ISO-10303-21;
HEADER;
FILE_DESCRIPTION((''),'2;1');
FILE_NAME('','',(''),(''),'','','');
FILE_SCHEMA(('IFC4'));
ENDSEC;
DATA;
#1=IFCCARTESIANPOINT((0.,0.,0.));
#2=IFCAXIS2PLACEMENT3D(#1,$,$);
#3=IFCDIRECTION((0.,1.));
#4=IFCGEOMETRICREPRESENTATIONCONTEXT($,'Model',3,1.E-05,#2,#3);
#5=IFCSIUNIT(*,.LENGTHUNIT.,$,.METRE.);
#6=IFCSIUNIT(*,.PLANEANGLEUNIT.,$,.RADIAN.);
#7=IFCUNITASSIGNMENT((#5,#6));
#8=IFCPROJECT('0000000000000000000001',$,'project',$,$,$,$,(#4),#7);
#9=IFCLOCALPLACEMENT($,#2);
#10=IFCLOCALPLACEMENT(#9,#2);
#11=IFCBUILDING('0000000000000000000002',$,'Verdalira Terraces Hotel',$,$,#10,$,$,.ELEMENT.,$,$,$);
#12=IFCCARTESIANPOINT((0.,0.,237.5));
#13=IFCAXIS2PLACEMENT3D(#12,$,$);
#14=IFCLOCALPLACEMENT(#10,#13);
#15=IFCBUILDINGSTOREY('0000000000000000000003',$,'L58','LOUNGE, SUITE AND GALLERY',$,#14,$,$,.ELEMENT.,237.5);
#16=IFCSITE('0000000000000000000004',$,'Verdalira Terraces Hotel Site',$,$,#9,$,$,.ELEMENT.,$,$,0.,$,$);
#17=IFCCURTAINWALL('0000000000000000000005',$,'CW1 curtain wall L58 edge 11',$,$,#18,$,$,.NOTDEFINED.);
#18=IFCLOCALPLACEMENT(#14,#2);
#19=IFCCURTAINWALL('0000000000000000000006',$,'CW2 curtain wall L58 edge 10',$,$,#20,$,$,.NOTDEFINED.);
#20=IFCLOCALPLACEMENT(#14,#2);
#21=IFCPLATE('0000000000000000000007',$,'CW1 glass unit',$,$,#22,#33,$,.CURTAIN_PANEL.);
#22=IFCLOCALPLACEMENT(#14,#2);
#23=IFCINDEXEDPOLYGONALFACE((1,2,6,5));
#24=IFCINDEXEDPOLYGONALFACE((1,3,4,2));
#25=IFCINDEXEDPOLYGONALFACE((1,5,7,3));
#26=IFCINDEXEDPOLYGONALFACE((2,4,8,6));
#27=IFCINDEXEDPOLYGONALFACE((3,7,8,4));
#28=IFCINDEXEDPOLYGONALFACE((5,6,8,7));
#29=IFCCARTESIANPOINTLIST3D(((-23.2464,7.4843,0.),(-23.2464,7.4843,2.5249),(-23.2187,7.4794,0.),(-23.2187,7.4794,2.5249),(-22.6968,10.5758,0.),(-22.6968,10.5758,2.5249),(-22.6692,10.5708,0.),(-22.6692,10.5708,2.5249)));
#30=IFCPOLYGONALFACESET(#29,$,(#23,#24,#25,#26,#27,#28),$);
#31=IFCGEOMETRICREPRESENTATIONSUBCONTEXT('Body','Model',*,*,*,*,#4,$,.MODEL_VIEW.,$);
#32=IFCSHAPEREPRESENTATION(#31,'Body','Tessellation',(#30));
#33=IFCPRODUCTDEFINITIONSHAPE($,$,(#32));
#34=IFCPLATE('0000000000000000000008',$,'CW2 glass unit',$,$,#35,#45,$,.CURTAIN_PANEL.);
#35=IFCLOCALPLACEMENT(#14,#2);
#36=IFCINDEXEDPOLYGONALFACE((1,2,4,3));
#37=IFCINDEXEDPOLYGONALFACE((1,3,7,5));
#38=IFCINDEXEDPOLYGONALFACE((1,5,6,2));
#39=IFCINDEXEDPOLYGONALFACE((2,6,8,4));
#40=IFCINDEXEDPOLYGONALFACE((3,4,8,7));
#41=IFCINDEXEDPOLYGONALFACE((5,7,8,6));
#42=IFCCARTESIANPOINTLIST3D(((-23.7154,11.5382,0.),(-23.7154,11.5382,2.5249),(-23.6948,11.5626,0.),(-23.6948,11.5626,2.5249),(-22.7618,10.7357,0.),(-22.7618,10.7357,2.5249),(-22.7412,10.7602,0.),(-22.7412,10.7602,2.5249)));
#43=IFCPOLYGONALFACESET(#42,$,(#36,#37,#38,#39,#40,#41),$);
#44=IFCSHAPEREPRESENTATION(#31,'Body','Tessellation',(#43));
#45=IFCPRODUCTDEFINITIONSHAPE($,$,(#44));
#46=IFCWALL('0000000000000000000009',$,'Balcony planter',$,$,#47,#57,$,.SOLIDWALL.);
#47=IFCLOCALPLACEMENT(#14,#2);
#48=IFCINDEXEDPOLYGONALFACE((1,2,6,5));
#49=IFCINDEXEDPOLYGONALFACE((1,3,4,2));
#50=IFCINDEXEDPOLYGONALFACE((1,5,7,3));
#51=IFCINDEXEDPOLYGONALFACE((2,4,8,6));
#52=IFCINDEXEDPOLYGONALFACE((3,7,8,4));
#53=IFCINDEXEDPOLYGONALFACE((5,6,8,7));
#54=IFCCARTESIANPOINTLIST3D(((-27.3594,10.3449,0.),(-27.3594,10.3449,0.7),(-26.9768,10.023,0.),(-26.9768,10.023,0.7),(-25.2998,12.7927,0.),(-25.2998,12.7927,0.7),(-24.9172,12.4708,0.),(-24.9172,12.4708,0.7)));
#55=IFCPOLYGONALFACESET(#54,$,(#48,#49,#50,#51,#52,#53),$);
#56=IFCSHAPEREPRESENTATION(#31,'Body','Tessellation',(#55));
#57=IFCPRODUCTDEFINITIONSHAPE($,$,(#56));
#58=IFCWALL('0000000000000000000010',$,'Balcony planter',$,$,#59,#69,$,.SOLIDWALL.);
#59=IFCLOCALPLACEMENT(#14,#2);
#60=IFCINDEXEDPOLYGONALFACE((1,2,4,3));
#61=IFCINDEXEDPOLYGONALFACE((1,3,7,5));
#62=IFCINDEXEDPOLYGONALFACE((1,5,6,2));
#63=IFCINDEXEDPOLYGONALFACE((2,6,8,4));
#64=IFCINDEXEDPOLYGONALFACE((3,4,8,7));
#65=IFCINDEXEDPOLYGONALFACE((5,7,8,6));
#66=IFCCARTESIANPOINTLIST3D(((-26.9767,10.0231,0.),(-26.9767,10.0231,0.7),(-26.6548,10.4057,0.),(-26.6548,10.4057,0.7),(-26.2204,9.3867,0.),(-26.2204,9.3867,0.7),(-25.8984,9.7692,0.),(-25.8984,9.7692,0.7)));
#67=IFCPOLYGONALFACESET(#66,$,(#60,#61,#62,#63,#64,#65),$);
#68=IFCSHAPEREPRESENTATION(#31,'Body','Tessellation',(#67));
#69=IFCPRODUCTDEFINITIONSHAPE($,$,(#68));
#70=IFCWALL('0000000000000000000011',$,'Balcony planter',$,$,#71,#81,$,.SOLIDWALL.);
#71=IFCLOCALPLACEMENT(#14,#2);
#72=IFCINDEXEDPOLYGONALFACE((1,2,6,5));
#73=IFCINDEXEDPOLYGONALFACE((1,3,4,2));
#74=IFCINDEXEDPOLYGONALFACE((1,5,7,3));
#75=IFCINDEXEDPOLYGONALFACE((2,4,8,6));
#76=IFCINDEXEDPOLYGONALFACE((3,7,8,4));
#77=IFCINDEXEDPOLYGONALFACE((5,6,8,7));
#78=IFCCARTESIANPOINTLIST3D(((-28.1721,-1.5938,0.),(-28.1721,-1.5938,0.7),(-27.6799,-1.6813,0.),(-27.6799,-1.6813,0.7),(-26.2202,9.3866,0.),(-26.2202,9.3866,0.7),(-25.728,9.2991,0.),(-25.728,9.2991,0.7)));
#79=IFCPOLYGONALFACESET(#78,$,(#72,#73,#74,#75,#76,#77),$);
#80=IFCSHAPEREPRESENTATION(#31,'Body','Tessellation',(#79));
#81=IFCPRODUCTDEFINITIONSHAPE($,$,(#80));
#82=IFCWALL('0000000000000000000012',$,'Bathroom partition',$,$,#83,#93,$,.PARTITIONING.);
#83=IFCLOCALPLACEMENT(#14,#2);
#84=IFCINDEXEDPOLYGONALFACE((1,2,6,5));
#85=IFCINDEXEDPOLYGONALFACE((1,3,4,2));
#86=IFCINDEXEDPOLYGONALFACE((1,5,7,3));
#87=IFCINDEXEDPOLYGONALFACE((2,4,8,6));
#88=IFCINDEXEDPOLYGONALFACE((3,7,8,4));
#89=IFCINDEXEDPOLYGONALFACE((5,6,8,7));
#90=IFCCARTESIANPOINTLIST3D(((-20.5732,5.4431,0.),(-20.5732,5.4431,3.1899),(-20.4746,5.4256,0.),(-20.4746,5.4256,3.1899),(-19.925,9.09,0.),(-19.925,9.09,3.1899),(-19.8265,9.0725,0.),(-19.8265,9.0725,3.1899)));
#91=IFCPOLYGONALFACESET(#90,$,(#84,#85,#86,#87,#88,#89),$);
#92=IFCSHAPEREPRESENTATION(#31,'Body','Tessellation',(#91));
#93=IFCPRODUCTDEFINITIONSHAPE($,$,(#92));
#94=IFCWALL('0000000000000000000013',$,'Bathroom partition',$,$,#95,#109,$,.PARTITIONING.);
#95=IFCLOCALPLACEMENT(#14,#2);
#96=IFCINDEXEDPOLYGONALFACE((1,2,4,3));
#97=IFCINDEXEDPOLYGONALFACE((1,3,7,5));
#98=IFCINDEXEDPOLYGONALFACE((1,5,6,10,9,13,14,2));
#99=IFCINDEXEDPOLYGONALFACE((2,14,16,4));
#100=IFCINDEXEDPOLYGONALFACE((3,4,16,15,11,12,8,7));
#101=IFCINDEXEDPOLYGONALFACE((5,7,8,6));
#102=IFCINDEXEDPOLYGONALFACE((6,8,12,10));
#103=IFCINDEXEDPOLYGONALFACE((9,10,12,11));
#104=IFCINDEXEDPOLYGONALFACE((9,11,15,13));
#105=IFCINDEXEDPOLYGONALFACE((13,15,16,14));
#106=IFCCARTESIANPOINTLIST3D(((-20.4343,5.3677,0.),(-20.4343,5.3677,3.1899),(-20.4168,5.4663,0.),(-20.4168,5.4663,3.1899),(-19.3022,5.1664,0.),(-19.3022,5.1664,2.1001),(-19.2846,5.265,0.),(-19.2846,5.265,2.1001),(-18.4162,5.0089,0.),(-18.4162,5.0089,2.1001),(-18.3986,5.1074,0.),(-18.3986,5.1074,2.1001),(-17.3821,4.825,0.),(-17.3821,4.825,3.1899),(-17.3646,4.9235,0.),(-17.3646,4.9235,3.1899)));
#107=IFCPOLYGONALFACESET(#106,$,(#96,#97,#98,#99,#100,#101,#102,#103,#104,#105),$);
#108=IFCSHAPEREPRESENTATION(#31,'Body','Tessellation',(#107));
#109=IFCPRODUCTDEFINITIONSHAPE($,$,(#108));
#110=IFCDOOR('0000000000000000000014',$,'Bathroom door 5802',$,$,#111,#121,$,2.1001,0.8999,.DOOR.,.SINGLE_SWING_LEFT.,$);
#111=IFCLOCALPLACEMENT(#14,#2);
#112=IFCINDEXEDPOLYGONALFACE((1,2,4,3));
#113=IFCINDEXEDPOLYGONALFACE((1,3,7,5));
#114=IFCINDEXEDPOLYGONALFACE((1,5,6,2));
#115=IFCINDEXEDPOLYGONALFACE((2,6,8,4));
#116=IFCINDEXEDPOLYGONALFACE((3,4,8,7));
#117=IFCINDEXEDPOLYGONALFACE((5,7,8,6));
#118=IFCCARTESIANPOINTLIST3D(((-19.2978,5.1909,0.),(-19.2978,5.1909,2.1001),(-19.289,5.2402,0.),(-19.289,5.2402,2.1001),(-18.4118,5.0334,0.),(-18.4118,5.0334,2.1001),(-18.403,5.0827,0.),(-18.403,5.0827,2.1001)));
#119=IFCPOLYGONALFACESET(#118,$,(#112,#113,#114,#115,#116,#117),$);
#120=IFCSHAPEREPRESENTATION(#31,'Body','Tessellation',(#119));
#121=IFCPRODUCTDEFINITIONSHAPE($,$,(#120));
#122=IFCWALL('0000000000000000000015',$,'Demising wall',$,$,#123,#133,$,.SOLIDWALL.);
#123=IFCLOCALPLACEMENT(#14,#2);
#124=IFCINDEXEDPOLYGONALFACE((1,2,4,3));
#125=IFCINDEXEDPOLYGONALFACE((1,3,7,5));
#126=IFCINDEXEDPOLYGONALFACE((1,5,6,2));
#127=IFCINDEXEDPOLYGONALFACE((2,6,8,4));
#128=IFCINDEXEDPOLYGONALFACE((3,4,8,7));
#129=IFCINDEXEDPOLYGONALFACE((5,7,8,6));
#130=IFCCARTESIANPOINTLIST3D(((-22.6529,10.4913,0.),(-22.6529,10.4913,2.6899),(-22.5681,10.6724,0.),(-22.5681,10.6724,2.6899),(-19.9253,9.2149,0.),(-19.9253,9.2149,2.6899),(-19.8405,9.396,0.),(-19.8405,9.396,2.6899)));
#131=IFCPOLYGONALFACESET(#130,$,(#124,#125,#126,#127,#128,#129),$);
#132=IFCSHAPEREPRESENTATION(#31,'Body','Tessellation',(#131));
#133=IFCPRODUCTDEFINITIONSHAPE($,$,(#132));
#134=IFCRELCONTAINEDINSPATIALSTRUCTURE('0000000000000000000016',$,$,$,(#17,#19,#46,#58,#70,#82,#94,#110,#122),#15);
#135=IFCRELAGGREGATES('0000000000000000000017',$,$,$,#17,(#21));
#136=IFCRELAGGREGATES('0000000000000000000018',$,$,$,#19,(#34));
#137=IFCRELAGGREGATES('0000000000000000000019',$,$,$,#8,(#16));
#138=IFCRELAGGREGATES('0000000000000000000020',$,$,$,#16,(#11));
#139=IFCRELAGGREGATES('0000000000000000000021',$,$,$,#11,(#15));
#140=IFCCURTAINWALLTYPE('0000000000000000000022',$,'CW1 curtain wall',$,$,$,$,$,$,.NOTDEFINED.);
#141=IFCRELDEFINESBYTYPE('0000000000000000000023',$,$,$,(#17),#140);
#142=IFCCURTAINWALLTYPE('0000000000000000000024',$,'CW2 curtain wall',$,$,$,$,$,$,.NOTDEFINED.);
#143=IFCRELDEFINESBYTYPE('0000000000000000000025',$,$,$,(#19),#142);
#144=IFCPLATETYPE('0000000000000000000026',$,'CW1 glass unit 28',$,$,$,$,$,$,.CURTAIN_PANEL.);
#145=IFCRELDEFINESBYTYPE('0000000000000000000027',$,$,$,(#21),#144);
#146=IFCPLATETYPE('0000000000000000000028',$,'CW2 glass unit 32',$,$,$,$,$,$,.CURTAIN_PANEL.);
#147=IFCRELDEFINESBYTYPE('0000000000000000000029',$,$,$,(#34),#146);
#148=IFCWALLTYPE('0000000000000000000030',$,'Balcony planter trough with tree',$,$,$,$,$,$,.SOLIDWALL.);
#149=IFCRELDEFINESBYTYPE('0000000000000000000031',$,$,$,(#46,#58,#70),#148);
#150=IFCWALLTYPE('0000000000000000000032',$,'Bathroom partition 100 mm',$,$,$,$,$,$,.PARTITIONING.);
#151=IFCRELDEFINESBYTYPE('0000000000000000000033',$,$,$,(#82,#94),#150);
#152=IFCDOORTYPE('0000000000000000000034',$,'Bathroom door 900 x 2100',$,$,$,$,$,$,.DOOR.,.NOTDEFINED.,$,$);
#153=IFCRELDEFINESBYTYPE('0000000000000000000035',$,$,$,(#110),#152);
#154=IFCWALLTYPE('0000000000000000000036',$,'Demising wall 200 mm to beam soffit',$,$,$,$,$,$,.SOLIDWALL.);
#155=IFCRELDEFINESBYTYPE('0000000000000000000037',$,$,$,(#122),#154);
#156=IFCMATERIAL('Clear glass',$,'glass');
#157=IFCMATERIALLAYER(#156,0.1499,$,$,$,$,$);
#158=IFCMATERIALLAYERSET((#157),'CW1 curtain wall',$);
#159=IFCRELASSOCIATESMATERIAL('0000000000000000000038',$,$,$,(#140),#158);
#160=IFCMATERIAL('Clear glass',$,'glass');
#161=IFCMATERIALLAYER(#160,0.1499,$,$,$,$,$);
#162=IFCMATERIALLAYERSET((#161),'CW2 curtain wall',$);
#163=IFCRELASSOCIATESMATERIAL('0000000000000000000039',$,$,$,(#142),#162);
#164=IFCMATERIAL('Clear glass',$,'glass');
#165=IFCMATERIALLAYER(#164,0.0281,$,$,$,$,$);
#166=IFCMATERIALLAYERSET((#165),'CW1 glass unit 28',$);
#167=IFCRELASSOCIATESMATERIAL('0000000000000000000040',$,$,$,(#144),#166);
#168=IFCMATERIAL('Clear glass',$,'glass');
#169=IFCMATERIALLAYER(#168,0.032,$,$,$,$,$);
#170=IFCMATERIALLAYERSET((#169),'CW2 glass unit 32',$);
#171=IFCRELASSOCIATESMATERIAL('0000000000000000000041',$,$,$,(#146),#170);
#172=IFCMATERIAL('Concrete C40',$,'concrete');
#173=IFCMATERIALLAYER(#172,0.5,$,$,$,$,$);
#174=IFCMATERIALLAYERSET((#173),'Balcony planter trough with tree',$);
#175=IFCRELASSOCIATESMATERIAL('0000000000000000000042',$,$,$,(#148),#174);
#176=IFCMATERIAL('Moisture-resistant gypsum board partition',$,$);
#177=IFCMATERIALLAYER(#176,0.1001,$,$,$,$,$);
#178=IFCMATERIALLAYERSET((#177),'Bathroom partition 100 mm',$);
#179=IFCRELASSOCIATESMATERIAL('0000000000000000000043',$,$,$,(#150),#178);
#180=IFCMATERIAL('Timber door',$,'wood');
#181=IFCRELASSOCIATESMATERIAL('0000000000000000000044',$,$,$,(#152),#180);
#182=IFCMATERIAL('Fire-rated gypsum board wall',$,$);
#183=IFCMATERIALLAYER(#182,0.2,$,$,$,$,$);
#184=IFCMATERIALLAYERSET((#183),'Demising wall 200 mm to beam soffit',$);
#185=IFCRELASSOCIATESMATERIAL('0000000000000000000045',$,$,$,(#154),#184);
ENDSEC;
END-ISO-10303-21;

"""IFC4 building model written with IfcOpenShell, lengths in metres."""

from ifc_helpers import new_model, si_unit, direction, frame, frame_2d, origin, origin_2d, place, context, subcontext, project, spatial, rectangle, extrude, material, layer, layer_set, type_object, element, fill, aggregate, save


model = new_model("IFC4")

# Units and contexts
model_context = context("Model", 3, precision=1e-05, world=origin(), true_north=direction((0.0, 1.0)))
body_context = subcontext(model_context, "Body", "Model", "MODEL_VIEW")
ifc_project = project(units=[si_unit("LENGTHUNIT", "METRE"), si_unit("PLANEANGLEUNIT", "RADIAN")], contexts=[model_context])

# Site, building, storey
site_placement = place(None, origin())
site = spatial("IfcSite", under=ifc_project, at=site_placement, Name="Verdalira Terraces Hotel Site", CompositionType="ELEMENT", RefElevation=0.0)
building_placement = place(site_placement, origin())
building = spatial("IfcBuilding", under=site, at=building_placement, Name="Verdalira Terraces Hotel", CompositionType="ELEMENT")
storey_placement = place(building_placement, frame((0.0, 0.0, 237.5)))
storey = spatial("IfcBuildingStorey", under=building, at=storey_placement, Name="L58", Description="LOUNGE, SUITE AND GALLERY", CompositionType="ELEMENT", Elevation=237.5)

# Curtain walls
ifc_material_1 = material(Name="Clear glass", Category="glass")
ifc_layer_1 = layer(ifc_material_1, 0.1499)
ifc_layer_set_1 = layer_set([ifc_layer_1], Name="CW1 curtain wall")
curtain_wall_type_1 = type_object("IfcCurtainWallType", Name="CW1 curtain wall", PredefinedType="NOTDEFINED", material=ifc_layer_set_1)
curtain_wall_1_placement = place(storey_placement, origin())
curtain_wall_1 = element("IfcCurtainWall", 1, at=curtain_wall_1_placement, inside=storey, type_object=curtain_wall_type_1, Name="CW1 curtain wall L58 edge 11", PredefinedType="NOTDEFINED")
ifc_material_2 = material(Name="Clear glass", Category="glass")
ifc_layer_2 = layer(ifc_material_2, 0.1499)
ifc_layer_set_2 = layer_set([ifc_layer_2], Name="CW2 curtain wall")
curtain_wall_type_2 = type_object("IfcCurtainWallType", Name="CW2 curtain wall", PredefinedType="NOTDEFINED", material=ifc_layer_set_2)
curtain_wall_2_placement = place(storey_placement, origin())
curtain_wall_2 = element("IfcCurtainWall", 2, at=curtain_wall_2_placement, inside=storey, type_object=curtain_wall_type_2, Name="CW2 curtain wall L58 edge 10", PredefinedType="NOTDEFINED")

# Plates
ifc_material_3 = material(Name="Clear glass", Category="glass")
ifc_layer_3 = layer(ifc_material_3, 0.0281)
ifc_layer_set_3 = layer_set([ifc_layer_3], Name="CW1 glass unit 28")
plate_type_1 = type_object("IfcPlateType", Name="CW1 glass unit 28", PredefinedType="CURTAIN_PANEL", material=ifc_layer_set_3)
plate_1_placement = place(storey_placement, frame((-22.9578, 9.0276, 0.0), z_axis=(0.0, 0.0, 1.0), x_axis=(-0.175023, -0.984564, 0.0)))
plate_1 = element("IfcPlate", 3, at=plate_1_placement, type_object=plate_type_1, Name="CW1 glass unit", PredefinedType="CURTAIN_PANEL", context=body_context, shape_type="SweptSolid", body=[
    extrude(rectangle(XDim=3.1399, YDim=0.0281, at=origin_2d()), origin(), (0.0, 0.0, 1.0), 2.5249),
])
aggregate(curtain_wall_1, [plate_1])
ifc_material_4 = material(Name="Clear glass", Category="glass")
ifc_layer_4 = layer(ifc_material_4, 0.032)
ifc_layer_set_4 = layer_set([ifc_layer_4], Name="CW2 glass unit 32")
plate_type_2 = type_object("IfcPlateType", Name="CW2 glass unit 32", PredefinedType="CURTAIN_PANEL", material=ifc_layer_set_4)
plate_2_placement = place(storey_placement, frame((-23.2283, 11.1492, 0.0), z_axis=(0.0, 0.0, 1.0), x_axis=(0.765146, -0.643857, 0.0)))
plate_2 = element("IfcPlate", 4, at=plate_2_placement, type_object=plate_type_2, Name="CW2 glass unit", PredefinedType="CURTAIN_PANEL", context=body_context, shape_type="SweptSolid", body=[
    extrude(rectangle(XDim=1.2463, YDim=0.032, at=origin_2d()), origin(), (0.0, 0.0, 1.0), 2.5249),
])
aggregate(curtain_wall_2, [plate_2])

# Walls
ifc_material_5 = material(Name="Concrete C40", Category="concrete")
ifc_layer_5 = layer(ifc_material_5, 0.5)
ifc_layer_set_5 = layer_set([ifc_layer_5], Name="Balcony planter trough with tree")
wall_type_1 = type_object("IfcWallType", Name="Balcony planter trough with tree", PredefinedType="SOLIDWALL", material=ifc_layer_set_5)
wall_1_placement = place(storey_placement, frame((-25.1084, 12.6318, 0.0), z_axis=(0.0, 0.0, 1.0), x_axis=(-0.643825, -0.765172, 0.0)))
element("IfcWall", 5, at=wall_1_placement, inside=storey, type_object=wall_type_1, Name="Balcony planter", PredefinedType="SOLIDWALL", context=body_context, shape_type="SweptSolid", body=[
    extrude(rectangle(XDim=3.199, YDim=0.5, at=frame_2d((1.5996, 0.0))), origin(), (0.0, 0.0, 1.0), 0.7),
])
wall_2_placement = place(storey_placement, frame((-26.8157, 10.2144, 0.0), z_axis=(0.0, 0.0, 1.0), x_axis=(0.765135, -0.64387, 0.0)))
element("IfcWall", 6, at=wall_2_placement, inside=storey, type_object=wall_type_1, Name="Balcony planter", PredefinedType="SOLIDWALL", context=body_context, shape_type="SweptSolid", body=[
    extrude(rectangle(XDim=0.9885, YDim=0.5, at=frame_2d((0.4941, 0.0))), origin(), (0.0, 0.0, 1.0), 0.7),
])
wall_3_placement = place(storey_placement, frame((-25.9741, 9.3428, 0.0), z_axis=(0.0, 0.0, 1.0), x_axis=(-0.175018, -0.984565, 0.0)))
element("IfcWall", 7, at=wall_3_placement, inside=storey, type_object=wall_type_1, Name="Balcony planter", PredefinedType="SOLIDWALL", context=body_context, shape_type="SweptSolid", body=[
    extrude(rectangle(XDim=11.1526, YDim=0.5, at=frame_2d((5.5762, 0.0))), origin(), (0.0, 0.0, 1.0), 0.7),
])
ifc_material_6 = material(Name="Moisture-resistant gypsum board partition")
ifc_layer_6 = layer(ifc_material_6, 0.1001)
ifc_layer_set_6 = layer_set([ifc_layer_6], Name="Bathroom partition 100 mm")
wall_type_2 = type_object("IfcWallType", Name="Bathroom partition 100 mm", PredefinedType="PARTITIONING", material=ifc_layer_set_6)
wall_4_placement = place(storey_placement, frame((-20.5239, 5.4343, 0.0), z_axis=(0.0, 0.0, 1.0), x_axis=(0.174992, 0.98457, 0.0)))
element("IfcWall", 8, at=wall_4_placement, inside=storey, type_object=wall_type_2, Name="Bathroom partition", PredefinedType="PARTITIONING", context=body_context, shape_type="SweptSolid", body=[
    extrude(rectangle(XDim=3.7041, YDim=0.1001, at=frame_2d((1.8521, 0.0))), origin(), (0.0, 0.0, 1.0), 3.1899),
])

# Wall, opening, door
wall_5_placement = place(storey_placement, frame((-20.4255, 5.417, 0.0), z_axis=(0.0, 0.0, 1.0), x_axis=(0.984557, -0.175066, 0.0)))
wall_5 = element("IfcWall", 9, at=wall_5_placement, inside=storey, type_object=wall_type_2, Name="Bathroom partition", PredefinedType="PARTITIONING", context=body_context, shape_type="SweptSolid", body=[
    extrude(rectangle(XDim=3.1001, YDim=0.1001, at=frame_2d((1.55, 0.0))), origin(), (0.0, 0.0, 1.0), 3.1899),
])
opening_1_placement = place(wall_5_placement, frame((1.1499, 0.0, 0.0)))
opening_1 = element("IfcOpeningElement", 10, at=opening_1_placement, cuts=wall_5, PredefinedType="OPENING", context=body_context, shape_type="SweptSolid", body=[
    extrude(rectangle(XDim=0.8999, YDim=2.1001, at=frame_2d((0.45, 1.05))), frame((0.0, 0.0601, 0.0), z_axis=(0.0, -1.0, 0.0), x_axis=(1.0, 0.0, 0.0)), (0.0, 0.0, 1.0), 0.1201),
])
ifc_material_7 = material(Name="Timber door", Category="wood")
door_type_1 = type_object("IfcDoorType", Name="Bathroom door 900 x 2100", OperationType="NOTDEFINED", PredefinedType="DOOR", material=ifc_material_7)
door_1_placement = place(opening_1_placement, origin())
door_1 = element("IfcDoor", 11, at=door_1_placement, inside=storey, type_object=door_type_1, Name="Bathroom door 5802", OperationType="SINGLE_SWING_LEFT", OverallHeight=2.1001, OverallWidth=0.8999, PredefinedType="DOOR", context=body_context, shape_type="SweptSolid", body=[
    extrude(rectangle(XDim=0.8999, YDim=2.1001, at=frame_2d((0.45, 1.05))), frame((0.0, 0.0249, 0.0), z_axis=(0.0, -1.0, 0.0), x_axis=(1.0, 0.0, 0.0)), (0.0, 0.0, 1.0), 0.05),
])
fill(opening_1, door_1)

# Wall
ifc_material_8 = material(Name="Fire-rated gypsum board wall")
ifc_layer_7 = layer(ifc_material_8, 0.2)
ifc_layer_set_7 = layer_set([ifc_layer_7], Name="Demising wall 200 mm to beam soffit")
wall_type_3 = type_object("IfcWallType", Name="Demising wall 200 mm to beam soffit", PredefinedType="SOLIDWALL", material=ifc_layer_set_7)
wall_6_placement = place(storey_placement, frame((-19.8828, 9.3054, 0.0), z_axis=(0.0, 0.0, 1.0), x_axis=(-0.905735, 0.423844, 0.0)))
element("IfcWall", 12, at=wall_6_placement, inside=storey, type_object=wall_type_3, Name="Demising wall", PredefinedType="SOLIDWALL", context=body_context, shape_type="SweptSolid", body=[
    extrude(rectangle(XDim=3.0115, YDim=0.2, at=frame_2d((1.5059, 0.0))), origin(), (0.0, 0.0, 1.0), 2.6899),
])

save(model, "model.ifc")
